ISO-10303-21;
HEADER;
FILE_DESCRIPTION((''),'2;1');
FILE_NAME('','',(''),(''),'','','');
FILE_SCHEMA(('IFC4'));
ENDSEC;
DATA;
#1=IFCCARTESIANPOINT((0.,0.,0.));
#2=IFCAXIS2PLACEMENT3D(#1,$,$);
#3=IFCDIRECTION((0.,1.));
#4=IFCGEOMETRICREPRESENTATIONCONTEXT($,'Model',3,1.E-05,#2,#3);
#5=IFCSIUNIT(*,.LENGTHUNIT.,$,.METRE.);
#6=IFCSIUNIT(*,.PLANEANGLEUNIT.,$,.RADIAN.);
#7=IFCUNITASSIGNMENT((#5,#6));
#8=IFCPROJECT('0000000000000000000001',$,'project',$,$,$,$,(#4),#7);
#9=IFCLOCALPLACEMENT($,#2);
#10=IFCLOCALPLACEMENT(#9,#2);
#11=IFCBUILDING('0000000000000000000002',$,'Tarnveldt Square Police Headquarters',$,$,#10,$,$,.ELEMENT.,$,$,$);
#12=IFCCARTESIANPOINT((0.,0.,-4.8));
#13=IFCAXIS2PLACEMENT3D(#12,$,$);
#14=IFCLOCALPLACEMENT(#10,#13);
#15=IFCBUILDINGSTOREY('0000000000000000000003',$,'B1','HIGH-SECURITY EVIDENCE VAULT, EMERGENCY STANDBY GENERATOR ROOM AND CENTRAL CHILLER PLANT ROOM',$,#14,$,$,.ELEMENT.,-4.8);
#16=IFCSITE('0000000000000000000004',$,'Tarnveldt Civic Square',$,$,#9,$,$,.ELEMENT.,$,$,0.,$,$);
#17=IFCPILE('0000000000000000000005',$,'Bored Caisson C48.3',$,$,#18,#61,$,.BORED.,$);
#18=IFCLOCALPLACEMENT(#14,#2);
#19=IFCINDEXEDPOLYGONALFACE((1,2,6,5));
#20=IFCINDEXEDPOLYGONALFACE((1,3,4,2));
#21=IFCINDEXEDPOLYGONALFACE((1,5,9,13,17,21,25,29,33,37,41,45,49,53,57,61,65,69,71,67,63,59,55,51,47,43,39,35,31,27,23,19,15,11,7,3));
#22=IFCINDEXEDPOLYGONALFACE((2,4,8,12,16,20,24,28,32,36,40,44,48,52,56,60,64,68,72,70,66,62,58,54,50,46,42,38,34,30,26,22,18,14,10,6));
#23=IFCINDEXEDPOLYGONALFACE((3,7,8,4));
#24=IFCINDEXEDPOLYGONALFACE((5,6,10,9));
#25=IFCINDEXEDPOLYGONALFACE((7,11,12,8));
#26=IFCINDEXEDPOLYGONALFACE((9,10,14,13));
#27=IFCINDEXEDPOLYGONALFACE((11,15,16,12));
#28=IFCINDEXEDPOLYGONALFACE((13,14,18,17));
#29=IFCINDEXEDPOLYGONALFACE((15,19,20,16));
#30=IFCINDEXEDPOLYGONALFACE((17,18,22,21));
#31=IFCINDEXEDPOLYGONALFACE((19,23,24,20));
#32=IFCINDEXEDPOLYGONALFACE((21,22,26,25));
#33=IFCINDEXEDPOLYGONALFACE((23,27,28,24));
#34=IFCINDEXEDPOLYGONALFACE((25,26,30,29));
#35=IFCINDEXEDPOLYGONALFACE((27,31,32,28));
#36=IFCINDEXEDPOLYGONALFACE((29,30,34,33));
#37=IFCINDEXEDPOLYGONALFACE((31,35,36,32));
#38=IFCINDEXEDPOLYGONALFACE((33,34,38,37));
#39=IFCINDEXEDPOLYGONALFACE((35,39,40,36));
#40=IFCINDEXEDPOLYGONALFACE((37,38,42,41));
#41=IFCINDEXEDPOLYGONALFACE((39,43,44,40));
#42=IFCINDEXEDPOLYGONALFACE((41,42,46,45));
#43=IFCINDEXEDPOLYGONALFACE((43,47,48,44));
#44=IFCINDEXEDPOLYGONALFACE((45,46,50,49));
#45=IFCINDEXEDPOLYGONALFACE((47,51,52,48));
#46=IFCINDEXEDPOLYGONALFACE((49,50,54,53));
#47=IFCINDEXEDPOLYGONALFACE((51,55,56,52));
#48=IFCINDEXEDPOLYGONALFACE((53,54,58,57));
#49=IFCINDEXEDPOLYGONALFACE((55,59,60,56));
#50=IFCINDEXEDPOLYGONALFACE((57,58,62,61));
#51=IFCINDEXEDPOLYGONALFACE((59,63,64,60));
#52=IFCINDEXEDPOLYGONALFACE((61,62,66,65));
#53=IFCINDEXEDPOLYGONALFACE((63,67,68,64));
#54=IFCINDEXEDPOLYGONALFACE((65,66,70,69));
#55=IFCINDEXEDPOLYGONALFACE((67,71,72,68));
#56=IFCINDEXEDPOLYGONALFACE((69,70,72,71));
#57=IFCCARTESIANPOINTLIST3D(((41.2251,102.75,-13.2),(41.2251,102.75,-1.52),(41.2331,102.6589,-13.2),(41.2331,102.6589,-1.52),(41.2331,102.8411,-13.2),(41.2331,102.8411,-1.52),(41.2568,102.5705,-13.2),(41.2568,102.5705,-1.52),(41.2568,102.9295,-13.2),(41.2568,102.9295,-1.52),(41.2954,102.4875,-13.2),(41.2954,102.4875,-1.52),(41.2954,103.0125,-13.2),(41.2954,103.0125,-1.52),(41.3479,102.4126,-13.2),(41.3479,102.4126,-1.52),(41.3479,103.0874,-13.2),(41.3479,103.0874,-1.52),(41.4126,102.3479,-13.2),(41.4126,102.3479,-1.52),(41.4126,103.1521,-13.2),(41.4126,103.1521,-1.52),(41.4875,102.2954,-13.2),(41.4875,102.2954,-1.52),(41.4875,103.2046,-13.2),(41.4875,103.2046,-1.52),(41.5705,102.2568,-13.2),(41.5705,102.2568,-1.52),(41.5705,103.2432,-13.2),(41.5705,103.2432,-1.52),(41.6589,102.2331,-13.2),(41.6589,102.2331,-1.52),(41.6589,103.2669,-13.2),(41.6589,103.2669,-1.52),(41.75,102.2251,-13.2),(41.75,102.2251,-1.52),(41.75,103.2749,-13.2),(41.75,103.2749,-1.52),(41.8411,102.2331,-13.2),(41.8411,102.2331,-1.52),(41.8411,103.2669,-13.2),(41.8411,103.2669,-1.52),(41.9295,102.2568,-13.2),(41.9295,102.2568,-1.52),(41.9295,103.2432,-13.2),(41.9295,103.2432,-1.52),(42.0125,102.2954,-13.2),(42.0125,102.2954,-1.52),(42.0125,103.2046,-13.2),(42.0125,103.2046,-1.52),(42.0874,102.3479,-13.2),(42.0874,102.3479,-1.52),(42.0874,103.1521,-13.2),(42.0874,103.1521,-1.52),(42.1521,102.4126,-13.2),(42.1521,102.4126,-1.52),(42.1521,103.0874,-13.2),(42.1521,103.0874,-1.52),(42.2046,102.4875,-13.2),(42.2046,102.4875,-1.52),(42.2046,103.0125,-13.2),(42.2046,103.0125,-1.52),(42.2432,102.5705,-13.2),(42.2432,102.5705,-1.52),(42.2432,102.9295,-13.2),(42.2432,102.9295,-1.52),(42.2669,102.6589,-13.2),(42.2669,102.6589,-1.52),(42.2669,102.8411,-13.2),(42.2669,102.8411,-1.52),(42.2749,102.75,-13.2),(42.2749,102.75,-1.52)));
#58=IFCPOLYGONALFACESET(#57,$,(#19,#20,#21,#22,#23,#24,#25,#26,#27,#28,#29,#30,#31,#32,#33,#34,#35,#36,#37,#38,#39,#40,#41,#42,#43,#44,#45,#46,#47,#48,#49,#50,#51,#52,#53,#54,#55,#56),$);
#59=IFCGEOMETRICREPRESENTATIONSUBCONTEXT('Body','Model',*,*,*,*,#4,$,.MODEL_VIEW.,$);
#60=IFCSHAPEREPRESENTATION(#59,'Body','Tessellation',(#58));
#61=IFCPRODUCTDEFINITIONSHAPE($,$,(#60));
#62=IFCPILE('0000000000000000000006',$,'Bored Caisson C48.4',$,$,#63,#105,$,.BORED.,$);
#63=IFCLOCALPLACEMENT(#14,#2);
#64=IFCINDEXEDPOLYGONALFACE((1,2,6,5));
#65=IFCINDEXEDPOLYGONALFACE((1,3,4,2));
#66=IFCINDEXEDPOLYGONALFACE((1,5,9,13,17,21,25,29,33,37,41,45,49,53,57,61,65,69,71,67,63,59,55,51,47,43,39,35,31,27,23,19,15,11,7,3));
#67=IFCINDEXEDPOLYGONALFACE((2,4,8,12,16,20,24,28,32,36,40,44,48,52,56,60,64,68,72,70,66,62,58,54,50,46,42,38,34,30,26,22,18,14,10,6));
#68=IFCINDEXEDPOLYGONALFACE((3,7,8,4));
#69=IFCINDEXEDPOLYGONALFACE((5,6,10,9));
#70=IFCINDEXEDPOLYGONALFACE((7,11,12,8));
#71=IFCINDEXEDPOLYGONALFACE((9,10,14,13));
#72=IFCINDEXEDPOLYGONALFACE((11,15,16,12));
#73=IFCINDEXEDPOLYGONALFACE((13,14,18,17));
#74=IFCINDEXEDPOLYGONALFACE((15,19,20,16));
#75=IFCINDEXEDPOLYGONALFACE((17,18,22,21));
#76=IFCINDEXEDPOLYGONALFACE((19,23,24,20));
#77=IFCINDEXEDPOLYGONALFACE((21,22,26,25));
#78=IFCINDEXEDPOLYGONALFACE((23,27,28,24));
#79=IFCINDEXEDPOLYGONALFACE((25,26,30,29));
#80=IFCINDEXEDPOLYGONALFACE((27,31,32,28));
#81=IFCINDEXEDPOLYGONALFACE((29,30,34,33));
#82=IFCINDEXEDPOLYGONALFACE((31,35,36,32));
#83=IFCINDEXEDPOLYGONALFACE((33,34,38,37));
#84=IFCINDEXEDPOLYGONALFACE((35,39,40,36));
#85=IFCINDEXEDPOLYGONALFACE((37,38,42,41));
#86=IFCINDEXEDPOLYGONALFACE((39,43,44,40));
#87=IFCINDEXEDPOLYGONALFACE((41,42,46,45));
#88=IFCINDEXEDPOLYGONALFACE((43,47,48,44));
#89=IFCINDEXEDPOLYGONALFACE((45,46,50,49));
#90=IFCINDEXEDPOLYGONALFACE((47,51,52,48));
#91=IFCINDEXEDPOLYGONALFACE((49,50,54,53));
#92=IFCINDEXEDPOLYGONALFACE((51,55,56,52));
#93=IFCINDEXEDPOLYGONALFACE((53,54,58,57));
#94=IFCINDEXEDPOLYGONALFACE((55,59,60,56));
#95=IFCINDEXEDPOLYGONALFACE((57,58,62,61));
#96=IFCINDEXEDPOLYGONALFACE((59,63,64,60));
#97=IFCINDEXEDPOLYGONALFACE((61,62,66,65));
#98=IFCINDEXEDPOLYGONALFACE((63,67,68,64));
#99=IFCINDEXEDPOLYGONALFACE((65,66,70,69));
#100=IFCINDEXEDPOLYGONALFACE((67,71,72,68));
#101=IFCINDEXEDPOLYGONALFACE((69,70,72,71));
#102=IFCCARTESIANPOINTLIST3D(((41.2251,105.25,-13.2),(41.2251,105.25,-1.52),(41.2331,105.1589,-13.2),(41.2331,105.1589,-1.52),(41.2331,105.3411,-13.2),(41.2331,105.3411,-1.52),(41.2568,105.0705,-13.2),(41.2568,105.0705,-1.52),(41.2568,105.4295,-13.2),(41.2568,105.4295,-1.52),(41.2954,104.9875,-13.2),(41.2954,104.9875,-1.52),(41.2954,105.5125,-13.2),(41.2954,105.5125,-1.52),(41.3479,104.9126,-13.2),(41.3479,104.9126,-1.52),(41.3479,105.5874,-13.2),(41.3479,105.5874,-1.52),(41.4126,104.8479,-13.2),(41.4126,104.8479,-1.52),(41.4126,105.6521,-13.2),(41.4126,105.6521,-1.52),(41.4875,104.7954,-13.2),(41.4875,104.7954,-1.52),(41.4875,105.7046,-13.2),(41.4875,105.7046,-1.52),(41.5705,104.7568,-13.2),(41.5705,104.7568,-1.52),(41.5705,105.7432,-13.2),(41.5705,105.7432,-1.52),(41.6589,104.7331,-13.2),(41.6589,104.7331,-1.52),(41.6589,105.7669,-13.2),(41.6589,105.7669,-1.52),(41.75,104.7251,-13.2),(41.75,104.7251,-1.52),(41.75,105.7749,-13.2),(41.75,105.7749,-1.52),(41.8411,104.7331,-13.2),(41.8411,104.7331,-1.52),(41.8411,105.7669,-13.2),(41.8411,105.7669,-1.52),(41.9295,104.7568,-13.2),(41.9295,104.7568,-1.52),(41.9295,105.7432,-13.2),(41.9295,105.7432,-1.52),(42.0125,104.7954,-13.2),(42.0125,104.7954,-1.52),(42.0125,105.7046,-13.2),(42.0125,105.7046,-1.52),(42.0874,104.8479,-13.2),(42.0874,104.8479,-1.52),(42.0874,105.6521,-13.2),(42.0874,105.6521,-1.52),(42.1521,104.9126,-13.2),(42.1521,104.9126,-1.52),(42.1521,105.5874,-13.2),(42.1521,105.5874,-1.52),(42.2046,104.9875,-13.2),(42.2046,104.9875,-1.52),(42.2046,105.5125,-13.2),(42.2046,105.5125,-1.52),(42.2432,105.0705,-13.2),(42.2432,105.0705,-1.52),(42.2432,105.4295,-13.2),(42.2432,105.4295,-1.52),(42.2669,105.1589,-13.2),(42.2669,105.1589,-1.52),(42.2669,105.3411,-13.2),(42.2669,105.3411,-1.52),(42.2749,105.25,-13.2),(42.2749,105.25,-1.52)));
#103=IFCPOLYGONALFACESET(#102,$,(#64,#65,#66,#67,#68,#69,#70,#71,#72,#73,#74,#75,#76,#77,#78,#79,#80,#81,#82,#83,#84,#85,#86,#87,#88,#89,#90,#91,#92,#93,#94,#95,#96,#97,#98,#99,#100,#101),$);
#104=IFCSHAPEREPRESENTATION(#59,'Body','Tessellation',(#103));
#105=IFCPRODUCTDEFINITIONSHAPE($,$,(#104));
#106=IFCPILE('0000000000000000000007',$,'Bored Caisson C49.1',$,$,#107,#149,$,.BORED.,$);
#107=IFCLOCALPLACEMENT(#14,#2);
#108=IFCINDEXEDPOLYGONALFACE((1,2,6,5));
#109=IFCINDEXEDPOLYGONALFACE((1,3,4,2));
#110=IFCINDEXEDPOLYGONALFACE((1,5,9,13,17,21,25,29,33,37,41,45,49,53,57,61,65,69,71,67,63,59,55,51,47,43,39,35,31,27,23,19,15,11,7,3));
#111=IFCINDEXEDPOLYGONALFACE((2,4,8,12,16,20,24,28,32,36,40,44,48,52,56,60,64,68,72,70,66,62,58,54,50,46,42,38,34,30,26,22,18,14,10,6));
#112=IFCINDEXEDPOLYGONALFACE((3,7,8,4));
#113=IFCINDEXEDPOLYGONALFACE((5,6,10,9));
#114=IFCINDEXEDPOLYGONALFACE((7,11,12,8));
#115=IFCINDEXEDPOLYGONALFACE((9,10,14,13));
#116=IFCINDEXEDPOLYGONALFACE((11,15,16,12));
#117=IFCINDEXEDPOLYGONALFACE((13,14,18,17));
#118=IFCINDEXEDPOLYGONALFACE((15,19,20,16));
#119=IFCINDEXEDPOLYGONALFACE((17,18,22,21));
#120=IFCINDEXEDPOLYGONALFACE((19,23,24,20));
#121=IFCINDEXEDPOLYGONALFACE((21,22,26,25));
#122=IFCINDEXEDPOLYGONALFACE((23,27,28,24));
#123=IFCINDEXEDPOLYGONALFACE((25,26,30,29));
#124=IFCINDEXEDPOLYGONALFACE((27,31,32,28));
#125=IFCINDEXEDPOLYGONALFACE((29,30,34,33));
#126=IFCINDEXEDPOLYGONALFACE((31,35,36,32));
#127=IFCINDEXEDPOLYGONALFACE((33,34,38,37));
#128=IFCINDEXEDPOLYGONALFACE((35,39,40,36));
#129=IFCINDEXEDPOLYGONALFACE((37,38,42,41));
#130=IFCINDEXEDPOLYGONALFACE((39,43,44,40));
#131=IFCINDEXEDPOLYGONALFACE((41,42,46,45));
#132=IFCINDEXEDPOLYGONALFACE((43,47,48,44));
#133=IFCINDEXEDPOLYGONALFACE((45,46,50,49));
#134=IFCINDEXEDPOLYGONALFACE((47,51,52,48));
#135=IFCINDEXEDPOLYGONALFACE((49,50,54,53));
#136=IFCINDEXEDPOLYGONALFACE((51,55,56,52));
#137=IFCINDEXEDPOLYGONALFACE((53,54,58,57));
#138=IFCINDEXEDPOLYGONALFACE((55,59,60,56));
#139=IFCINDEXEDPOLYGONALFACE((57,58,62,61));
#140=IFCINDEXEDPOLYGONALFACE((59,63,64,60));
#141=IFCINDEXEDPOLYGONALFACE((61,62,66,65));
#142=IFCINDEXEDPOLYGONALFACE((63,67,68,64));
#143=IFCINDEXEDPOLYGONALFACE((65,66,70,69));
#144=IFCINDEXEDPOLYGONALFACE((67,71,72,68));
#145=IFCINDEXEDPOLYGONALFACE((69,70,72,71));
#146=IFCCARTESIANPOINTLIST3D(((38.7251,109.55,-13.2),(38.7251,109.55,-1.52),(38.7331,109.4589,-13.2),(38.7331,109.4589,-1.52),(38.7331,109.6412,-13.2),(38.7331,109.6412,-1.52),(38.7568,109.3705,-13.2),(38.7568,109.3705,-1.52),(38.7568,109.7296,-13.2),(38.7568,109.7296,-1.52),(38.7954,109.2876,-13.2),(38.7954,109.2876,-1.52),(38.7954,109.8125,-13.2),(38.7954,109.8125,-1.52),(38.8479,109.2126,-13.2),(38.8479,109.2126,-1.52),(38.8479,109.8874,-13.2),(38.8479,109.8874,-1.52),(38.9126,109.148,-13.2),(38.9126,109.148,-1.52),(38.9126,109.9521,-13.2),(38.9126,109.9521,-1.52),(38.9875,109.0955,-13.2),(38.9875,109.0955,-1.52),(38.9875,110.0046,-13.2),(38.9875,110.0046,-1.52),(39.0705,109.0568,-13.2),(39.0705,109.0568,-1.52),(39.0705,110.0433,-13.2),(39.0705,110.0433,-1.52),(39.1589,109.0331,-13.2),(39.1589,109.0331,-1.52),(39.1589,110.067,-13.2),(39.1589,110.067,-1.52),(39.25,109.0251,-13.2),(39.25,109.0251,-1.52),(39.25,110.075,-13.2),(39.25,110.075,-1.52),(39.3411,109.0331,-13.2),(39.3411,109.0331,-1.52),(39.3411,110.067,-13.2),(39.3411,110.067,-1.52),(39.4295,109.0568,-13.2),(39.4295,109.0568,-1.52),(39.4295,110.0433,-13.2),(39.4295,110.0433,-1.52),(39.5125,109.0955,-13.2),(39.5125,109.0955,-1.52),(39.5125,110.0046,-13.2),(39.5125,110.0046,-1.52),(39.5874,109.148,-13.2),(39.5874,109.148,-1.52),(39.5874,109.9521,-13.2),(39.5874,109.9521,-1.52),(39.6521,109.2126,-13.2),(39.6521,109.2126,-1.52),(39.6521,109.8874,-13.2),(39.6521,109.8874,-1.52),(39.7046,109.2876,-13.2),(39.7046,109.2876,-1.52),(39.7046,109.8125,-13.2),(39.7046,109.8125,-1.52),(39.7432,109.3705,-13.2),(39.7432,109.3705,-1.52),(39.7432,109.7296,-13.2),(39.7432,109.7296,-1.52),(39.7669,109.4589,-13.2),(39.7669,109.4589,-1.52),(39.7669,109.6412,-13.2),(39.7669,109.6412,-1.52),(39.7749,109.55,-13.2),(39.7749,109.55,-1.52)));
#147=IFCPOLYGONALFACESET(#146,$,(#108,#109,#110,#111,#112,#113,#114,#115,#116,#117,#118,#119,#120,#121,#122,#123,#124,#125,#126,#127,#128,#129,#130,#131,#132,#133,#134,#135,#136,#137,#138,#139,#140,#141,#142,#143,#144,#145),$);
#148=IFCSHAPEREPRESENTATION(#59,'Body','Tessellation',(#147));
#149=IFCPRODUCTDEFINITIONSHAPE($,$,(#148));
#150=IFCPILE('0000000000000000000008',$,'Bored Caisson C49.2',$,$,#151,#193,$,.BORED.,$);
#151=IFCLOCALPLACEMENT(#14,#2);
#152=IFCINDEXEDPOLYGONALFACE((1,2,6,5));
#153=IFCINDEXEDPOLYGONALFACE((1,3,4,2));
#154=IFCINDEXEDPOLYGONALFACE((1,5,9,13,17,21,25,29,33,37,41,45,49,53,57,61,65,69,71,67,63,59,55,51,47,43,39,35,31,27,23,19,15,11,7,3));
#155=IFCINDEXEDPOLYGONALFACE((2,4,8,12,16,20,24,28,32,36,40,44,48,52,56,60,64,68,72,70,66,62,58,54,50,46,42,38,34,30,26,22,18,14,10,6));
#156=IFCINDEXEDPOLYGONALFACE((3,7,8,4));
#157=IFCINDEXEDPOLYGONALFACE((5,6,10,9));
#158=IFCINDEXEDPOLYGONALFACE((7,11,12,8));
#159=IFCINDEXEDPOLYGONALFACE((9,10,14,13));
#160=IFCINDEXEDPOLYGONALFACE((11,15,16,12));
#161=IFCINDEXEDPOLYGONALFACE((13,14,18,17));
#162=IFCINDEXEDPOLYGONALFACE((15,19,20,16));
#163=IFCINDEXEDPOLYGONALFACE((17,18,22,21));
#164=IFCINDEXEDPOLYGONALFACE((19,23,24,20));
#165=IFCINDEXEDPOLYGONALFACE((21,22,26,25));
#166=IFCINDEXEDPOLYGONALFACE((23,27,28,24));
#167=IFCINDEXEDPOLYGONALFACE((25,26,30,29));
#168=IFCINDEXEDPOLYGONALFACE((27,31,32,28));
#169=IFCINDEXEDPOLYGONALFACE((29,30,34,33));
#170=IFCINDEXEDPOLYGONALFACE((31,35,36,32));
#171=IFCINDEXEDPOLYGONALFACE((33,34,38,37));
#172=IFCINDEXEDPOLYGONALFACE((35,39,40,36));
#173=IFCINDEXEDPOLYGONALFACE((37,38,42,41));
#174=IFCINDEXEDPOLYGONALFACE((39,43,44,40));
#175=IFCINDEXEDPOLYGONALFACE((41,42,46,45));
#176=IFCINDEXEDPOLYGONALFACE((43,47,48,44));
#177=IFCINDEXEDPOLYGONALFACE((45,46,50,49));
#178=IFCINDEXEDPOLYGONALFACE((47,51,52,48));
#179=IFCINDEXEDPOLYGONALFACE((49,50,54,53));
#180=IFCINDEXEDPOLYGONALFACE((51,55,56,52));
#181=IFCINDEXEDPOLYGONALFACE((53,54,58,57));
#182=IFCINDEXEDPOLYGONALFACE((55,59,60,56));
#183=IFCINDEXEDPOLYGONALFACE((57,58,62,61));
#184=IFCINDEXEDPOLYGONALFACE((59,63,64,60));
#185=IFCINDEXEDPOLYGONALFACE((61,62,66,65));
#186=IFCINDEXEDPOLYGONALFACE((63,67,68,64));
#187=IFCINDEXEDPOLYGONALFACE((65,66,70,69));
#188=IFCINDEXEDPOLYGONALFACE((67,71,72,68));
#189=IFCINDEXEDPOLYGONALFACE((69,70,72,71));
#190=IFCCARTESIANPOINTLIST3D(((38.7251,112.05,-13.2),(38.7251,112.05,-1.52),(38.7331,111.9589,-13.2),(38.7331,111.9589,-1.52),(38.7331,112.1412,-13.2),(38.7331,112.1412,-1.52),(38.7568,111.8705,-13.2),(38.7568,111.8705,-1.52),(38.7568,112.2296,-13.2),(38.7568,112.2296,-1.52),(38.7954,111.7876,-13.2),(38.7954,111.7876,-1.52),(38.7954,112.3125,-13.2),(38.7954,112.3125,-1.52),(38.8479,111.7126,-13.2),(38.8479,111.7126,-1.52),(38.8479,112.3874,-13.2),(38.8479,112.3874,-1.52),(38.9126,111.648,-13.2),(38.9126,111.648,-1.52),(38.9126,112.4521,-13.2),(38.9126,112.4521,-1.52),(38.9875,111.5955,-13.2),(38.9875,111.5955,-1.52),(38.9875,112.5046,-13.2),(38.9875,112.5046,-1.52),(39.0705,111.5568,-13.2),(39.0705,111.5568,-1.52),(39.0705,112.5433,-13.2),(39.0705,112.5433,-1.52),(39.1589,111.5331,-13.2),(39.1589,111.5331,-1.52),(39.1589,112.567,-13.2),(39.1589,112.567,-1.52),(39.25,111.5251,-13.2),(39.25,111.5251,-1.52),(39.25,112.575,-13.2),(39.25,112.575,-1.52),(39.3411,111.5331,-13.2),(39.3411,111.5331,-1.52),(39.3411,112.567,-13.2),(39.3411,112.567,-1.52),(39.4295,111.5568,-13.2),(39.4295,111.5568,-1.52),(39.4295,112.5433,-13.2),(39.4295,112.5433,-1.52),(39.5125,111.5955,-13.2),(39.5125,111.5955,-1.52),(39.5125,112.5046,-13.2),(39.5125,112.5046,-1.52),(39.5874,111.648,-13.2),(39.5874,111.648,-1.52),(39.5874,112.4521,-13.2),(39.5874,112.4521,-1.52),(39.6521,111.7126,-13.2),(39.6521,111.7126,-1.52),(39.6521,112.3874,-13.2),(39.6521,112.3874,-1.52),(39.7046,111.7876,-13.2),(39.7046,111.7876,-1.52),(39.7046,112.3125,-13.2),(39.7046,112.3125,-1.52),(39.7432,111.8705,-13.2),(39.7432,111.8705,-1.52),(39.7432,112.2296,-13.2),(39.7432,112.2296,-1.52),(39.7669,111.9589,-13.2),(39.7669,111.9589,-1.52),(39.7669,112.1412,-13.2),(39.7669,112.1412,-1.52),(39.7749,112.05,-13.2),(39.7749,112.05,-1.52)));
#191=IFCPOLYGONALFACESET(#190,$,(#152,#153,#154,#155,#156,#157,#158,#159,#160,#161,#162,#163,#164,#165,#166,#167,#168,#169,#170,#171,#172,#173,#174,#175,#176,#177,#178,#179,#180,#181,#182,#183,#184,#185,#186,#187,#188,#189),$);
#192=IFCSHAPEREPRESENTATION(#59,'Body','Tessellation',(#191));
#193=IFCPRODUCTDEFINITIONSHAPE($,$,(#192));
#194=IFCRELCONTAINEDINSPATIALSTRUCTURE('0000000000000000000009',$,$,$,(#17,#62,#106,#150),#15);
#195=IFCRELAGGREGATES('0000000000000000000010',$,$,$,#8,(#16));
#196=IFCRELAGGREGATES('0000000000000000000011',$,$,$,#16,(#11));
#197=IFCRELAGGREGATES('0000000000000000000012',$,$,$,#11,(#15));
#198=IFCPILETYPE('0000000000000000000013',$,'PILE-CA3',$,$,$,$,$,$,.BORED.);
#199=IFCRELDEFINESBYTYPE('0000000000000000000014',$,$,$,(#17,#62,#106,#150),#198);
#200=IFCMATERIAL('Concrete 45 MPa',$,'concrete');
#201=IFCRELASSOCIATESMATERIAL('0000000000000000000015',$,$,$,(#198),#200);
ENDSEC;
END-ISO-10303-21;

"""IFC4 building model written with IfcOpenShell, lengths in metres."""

from ifc_helpers import new_model, si_unit, direction, frame, origin, origin_2d, place, context, subcontext, project, spatial, circle, extrude, material, material_profile, profile_set, type_object, element, save


model = new_model("IFC4")

# Units and contexts
model_context = context("Model", 3, precision=1e-05, world=origin(), true_north=direction((0.0, 1.0)))
body_context = subcontext(model_context, "Body", "Model", "MODEL_VIEW")
ifc_project = project(units=[si_unit("LENGTHUNIT", "METRE"), si_unit("PLANEANGLEUNIT", "RADIAN")], contexts=[model_context])

# Site, building, storey
site_placement = place(None, origin())
site = spatial("IfcSite", under=ifc_project, at=site_placement, Name="Tarnveldt Civic Square", CompositionType="ELEMENT", RefElevation=0.0)
building_placement = place(site_placement, origin())
building = spatial("IfcBuilding", under=site, at=building_placement, Name="Tarnveldt Square Police Headquarters", CompositionType="ELEMENT")
storey_placement = place(building_placement, frame((0.0, 0.0, -4.8)))
storey = spatial("IfcBuildingStorey", under=building, at=storey_placement, Name="B1", Description="HIGH-SECURITY EVIDENCE VAULT, EMERGENCY STANDBY GENERATOR ROOM AND CENTRAL CHILLER PLANT ROOM", CompositionType="ELEMENT", Elevation=-4.8)

# Shared definitions
ifc_material_1 = material(Name="Concrete 45 MPa", Category="concrete")

# Piles
ifc_material_profile_1 = material_profile(ifc_material_1, circle(Radius=0.5249, at=origin_2d()), Name="CAISSON-D1050")
ifc_profile_set_1 = profile_set([ifc_material_profile_1], Name="Concrete 45 MPa")
pile_type_1 = type_object("IfcPileType", Name="PILE-CA3", PredefinedType="BORED", material=ifc_profile_set_1)
for number, where, z_axis, x_axis, name in (
    (1, (41.75, 102.75, -1.52), (0.0, 0.0, -1.0), (1.0, 0.0, 0.0), "Bored Caisson C48.3"),
    (2, (41.75, 105.25, -1.52), (0.0, 0.0, -1.0), (1.0, 0.0, 0.0), "Bored Caisson C48.4"),
    (3, (39.25, 109.55, -1.52), (0.0, 0.0, -1.0), (1.0, 0.0, 0.0), "Bored Caisson C49.1"),
    (4, (39.25, 112.05, -1.52), (0.0, 0.0, -1.0), (1.0, 0.0, 0.0), "Bored Caisson C49.2"),
):
    element("IfcPile", number, at=place(storey_placement, frame(where, z_axis=z_axis, x_axis=x_axis)), inside=storey, type_object=pile_type_1, Name=name, PredefinedType="BORED", context=body_context, shape_type="SweptSolid", body=[
        extrude(circle(Radius=0.5249, at=origin_2d()), origin(), (0.0, 0.0, 1.0), 11.6799),
    ])

save(model, "model.ifc")
